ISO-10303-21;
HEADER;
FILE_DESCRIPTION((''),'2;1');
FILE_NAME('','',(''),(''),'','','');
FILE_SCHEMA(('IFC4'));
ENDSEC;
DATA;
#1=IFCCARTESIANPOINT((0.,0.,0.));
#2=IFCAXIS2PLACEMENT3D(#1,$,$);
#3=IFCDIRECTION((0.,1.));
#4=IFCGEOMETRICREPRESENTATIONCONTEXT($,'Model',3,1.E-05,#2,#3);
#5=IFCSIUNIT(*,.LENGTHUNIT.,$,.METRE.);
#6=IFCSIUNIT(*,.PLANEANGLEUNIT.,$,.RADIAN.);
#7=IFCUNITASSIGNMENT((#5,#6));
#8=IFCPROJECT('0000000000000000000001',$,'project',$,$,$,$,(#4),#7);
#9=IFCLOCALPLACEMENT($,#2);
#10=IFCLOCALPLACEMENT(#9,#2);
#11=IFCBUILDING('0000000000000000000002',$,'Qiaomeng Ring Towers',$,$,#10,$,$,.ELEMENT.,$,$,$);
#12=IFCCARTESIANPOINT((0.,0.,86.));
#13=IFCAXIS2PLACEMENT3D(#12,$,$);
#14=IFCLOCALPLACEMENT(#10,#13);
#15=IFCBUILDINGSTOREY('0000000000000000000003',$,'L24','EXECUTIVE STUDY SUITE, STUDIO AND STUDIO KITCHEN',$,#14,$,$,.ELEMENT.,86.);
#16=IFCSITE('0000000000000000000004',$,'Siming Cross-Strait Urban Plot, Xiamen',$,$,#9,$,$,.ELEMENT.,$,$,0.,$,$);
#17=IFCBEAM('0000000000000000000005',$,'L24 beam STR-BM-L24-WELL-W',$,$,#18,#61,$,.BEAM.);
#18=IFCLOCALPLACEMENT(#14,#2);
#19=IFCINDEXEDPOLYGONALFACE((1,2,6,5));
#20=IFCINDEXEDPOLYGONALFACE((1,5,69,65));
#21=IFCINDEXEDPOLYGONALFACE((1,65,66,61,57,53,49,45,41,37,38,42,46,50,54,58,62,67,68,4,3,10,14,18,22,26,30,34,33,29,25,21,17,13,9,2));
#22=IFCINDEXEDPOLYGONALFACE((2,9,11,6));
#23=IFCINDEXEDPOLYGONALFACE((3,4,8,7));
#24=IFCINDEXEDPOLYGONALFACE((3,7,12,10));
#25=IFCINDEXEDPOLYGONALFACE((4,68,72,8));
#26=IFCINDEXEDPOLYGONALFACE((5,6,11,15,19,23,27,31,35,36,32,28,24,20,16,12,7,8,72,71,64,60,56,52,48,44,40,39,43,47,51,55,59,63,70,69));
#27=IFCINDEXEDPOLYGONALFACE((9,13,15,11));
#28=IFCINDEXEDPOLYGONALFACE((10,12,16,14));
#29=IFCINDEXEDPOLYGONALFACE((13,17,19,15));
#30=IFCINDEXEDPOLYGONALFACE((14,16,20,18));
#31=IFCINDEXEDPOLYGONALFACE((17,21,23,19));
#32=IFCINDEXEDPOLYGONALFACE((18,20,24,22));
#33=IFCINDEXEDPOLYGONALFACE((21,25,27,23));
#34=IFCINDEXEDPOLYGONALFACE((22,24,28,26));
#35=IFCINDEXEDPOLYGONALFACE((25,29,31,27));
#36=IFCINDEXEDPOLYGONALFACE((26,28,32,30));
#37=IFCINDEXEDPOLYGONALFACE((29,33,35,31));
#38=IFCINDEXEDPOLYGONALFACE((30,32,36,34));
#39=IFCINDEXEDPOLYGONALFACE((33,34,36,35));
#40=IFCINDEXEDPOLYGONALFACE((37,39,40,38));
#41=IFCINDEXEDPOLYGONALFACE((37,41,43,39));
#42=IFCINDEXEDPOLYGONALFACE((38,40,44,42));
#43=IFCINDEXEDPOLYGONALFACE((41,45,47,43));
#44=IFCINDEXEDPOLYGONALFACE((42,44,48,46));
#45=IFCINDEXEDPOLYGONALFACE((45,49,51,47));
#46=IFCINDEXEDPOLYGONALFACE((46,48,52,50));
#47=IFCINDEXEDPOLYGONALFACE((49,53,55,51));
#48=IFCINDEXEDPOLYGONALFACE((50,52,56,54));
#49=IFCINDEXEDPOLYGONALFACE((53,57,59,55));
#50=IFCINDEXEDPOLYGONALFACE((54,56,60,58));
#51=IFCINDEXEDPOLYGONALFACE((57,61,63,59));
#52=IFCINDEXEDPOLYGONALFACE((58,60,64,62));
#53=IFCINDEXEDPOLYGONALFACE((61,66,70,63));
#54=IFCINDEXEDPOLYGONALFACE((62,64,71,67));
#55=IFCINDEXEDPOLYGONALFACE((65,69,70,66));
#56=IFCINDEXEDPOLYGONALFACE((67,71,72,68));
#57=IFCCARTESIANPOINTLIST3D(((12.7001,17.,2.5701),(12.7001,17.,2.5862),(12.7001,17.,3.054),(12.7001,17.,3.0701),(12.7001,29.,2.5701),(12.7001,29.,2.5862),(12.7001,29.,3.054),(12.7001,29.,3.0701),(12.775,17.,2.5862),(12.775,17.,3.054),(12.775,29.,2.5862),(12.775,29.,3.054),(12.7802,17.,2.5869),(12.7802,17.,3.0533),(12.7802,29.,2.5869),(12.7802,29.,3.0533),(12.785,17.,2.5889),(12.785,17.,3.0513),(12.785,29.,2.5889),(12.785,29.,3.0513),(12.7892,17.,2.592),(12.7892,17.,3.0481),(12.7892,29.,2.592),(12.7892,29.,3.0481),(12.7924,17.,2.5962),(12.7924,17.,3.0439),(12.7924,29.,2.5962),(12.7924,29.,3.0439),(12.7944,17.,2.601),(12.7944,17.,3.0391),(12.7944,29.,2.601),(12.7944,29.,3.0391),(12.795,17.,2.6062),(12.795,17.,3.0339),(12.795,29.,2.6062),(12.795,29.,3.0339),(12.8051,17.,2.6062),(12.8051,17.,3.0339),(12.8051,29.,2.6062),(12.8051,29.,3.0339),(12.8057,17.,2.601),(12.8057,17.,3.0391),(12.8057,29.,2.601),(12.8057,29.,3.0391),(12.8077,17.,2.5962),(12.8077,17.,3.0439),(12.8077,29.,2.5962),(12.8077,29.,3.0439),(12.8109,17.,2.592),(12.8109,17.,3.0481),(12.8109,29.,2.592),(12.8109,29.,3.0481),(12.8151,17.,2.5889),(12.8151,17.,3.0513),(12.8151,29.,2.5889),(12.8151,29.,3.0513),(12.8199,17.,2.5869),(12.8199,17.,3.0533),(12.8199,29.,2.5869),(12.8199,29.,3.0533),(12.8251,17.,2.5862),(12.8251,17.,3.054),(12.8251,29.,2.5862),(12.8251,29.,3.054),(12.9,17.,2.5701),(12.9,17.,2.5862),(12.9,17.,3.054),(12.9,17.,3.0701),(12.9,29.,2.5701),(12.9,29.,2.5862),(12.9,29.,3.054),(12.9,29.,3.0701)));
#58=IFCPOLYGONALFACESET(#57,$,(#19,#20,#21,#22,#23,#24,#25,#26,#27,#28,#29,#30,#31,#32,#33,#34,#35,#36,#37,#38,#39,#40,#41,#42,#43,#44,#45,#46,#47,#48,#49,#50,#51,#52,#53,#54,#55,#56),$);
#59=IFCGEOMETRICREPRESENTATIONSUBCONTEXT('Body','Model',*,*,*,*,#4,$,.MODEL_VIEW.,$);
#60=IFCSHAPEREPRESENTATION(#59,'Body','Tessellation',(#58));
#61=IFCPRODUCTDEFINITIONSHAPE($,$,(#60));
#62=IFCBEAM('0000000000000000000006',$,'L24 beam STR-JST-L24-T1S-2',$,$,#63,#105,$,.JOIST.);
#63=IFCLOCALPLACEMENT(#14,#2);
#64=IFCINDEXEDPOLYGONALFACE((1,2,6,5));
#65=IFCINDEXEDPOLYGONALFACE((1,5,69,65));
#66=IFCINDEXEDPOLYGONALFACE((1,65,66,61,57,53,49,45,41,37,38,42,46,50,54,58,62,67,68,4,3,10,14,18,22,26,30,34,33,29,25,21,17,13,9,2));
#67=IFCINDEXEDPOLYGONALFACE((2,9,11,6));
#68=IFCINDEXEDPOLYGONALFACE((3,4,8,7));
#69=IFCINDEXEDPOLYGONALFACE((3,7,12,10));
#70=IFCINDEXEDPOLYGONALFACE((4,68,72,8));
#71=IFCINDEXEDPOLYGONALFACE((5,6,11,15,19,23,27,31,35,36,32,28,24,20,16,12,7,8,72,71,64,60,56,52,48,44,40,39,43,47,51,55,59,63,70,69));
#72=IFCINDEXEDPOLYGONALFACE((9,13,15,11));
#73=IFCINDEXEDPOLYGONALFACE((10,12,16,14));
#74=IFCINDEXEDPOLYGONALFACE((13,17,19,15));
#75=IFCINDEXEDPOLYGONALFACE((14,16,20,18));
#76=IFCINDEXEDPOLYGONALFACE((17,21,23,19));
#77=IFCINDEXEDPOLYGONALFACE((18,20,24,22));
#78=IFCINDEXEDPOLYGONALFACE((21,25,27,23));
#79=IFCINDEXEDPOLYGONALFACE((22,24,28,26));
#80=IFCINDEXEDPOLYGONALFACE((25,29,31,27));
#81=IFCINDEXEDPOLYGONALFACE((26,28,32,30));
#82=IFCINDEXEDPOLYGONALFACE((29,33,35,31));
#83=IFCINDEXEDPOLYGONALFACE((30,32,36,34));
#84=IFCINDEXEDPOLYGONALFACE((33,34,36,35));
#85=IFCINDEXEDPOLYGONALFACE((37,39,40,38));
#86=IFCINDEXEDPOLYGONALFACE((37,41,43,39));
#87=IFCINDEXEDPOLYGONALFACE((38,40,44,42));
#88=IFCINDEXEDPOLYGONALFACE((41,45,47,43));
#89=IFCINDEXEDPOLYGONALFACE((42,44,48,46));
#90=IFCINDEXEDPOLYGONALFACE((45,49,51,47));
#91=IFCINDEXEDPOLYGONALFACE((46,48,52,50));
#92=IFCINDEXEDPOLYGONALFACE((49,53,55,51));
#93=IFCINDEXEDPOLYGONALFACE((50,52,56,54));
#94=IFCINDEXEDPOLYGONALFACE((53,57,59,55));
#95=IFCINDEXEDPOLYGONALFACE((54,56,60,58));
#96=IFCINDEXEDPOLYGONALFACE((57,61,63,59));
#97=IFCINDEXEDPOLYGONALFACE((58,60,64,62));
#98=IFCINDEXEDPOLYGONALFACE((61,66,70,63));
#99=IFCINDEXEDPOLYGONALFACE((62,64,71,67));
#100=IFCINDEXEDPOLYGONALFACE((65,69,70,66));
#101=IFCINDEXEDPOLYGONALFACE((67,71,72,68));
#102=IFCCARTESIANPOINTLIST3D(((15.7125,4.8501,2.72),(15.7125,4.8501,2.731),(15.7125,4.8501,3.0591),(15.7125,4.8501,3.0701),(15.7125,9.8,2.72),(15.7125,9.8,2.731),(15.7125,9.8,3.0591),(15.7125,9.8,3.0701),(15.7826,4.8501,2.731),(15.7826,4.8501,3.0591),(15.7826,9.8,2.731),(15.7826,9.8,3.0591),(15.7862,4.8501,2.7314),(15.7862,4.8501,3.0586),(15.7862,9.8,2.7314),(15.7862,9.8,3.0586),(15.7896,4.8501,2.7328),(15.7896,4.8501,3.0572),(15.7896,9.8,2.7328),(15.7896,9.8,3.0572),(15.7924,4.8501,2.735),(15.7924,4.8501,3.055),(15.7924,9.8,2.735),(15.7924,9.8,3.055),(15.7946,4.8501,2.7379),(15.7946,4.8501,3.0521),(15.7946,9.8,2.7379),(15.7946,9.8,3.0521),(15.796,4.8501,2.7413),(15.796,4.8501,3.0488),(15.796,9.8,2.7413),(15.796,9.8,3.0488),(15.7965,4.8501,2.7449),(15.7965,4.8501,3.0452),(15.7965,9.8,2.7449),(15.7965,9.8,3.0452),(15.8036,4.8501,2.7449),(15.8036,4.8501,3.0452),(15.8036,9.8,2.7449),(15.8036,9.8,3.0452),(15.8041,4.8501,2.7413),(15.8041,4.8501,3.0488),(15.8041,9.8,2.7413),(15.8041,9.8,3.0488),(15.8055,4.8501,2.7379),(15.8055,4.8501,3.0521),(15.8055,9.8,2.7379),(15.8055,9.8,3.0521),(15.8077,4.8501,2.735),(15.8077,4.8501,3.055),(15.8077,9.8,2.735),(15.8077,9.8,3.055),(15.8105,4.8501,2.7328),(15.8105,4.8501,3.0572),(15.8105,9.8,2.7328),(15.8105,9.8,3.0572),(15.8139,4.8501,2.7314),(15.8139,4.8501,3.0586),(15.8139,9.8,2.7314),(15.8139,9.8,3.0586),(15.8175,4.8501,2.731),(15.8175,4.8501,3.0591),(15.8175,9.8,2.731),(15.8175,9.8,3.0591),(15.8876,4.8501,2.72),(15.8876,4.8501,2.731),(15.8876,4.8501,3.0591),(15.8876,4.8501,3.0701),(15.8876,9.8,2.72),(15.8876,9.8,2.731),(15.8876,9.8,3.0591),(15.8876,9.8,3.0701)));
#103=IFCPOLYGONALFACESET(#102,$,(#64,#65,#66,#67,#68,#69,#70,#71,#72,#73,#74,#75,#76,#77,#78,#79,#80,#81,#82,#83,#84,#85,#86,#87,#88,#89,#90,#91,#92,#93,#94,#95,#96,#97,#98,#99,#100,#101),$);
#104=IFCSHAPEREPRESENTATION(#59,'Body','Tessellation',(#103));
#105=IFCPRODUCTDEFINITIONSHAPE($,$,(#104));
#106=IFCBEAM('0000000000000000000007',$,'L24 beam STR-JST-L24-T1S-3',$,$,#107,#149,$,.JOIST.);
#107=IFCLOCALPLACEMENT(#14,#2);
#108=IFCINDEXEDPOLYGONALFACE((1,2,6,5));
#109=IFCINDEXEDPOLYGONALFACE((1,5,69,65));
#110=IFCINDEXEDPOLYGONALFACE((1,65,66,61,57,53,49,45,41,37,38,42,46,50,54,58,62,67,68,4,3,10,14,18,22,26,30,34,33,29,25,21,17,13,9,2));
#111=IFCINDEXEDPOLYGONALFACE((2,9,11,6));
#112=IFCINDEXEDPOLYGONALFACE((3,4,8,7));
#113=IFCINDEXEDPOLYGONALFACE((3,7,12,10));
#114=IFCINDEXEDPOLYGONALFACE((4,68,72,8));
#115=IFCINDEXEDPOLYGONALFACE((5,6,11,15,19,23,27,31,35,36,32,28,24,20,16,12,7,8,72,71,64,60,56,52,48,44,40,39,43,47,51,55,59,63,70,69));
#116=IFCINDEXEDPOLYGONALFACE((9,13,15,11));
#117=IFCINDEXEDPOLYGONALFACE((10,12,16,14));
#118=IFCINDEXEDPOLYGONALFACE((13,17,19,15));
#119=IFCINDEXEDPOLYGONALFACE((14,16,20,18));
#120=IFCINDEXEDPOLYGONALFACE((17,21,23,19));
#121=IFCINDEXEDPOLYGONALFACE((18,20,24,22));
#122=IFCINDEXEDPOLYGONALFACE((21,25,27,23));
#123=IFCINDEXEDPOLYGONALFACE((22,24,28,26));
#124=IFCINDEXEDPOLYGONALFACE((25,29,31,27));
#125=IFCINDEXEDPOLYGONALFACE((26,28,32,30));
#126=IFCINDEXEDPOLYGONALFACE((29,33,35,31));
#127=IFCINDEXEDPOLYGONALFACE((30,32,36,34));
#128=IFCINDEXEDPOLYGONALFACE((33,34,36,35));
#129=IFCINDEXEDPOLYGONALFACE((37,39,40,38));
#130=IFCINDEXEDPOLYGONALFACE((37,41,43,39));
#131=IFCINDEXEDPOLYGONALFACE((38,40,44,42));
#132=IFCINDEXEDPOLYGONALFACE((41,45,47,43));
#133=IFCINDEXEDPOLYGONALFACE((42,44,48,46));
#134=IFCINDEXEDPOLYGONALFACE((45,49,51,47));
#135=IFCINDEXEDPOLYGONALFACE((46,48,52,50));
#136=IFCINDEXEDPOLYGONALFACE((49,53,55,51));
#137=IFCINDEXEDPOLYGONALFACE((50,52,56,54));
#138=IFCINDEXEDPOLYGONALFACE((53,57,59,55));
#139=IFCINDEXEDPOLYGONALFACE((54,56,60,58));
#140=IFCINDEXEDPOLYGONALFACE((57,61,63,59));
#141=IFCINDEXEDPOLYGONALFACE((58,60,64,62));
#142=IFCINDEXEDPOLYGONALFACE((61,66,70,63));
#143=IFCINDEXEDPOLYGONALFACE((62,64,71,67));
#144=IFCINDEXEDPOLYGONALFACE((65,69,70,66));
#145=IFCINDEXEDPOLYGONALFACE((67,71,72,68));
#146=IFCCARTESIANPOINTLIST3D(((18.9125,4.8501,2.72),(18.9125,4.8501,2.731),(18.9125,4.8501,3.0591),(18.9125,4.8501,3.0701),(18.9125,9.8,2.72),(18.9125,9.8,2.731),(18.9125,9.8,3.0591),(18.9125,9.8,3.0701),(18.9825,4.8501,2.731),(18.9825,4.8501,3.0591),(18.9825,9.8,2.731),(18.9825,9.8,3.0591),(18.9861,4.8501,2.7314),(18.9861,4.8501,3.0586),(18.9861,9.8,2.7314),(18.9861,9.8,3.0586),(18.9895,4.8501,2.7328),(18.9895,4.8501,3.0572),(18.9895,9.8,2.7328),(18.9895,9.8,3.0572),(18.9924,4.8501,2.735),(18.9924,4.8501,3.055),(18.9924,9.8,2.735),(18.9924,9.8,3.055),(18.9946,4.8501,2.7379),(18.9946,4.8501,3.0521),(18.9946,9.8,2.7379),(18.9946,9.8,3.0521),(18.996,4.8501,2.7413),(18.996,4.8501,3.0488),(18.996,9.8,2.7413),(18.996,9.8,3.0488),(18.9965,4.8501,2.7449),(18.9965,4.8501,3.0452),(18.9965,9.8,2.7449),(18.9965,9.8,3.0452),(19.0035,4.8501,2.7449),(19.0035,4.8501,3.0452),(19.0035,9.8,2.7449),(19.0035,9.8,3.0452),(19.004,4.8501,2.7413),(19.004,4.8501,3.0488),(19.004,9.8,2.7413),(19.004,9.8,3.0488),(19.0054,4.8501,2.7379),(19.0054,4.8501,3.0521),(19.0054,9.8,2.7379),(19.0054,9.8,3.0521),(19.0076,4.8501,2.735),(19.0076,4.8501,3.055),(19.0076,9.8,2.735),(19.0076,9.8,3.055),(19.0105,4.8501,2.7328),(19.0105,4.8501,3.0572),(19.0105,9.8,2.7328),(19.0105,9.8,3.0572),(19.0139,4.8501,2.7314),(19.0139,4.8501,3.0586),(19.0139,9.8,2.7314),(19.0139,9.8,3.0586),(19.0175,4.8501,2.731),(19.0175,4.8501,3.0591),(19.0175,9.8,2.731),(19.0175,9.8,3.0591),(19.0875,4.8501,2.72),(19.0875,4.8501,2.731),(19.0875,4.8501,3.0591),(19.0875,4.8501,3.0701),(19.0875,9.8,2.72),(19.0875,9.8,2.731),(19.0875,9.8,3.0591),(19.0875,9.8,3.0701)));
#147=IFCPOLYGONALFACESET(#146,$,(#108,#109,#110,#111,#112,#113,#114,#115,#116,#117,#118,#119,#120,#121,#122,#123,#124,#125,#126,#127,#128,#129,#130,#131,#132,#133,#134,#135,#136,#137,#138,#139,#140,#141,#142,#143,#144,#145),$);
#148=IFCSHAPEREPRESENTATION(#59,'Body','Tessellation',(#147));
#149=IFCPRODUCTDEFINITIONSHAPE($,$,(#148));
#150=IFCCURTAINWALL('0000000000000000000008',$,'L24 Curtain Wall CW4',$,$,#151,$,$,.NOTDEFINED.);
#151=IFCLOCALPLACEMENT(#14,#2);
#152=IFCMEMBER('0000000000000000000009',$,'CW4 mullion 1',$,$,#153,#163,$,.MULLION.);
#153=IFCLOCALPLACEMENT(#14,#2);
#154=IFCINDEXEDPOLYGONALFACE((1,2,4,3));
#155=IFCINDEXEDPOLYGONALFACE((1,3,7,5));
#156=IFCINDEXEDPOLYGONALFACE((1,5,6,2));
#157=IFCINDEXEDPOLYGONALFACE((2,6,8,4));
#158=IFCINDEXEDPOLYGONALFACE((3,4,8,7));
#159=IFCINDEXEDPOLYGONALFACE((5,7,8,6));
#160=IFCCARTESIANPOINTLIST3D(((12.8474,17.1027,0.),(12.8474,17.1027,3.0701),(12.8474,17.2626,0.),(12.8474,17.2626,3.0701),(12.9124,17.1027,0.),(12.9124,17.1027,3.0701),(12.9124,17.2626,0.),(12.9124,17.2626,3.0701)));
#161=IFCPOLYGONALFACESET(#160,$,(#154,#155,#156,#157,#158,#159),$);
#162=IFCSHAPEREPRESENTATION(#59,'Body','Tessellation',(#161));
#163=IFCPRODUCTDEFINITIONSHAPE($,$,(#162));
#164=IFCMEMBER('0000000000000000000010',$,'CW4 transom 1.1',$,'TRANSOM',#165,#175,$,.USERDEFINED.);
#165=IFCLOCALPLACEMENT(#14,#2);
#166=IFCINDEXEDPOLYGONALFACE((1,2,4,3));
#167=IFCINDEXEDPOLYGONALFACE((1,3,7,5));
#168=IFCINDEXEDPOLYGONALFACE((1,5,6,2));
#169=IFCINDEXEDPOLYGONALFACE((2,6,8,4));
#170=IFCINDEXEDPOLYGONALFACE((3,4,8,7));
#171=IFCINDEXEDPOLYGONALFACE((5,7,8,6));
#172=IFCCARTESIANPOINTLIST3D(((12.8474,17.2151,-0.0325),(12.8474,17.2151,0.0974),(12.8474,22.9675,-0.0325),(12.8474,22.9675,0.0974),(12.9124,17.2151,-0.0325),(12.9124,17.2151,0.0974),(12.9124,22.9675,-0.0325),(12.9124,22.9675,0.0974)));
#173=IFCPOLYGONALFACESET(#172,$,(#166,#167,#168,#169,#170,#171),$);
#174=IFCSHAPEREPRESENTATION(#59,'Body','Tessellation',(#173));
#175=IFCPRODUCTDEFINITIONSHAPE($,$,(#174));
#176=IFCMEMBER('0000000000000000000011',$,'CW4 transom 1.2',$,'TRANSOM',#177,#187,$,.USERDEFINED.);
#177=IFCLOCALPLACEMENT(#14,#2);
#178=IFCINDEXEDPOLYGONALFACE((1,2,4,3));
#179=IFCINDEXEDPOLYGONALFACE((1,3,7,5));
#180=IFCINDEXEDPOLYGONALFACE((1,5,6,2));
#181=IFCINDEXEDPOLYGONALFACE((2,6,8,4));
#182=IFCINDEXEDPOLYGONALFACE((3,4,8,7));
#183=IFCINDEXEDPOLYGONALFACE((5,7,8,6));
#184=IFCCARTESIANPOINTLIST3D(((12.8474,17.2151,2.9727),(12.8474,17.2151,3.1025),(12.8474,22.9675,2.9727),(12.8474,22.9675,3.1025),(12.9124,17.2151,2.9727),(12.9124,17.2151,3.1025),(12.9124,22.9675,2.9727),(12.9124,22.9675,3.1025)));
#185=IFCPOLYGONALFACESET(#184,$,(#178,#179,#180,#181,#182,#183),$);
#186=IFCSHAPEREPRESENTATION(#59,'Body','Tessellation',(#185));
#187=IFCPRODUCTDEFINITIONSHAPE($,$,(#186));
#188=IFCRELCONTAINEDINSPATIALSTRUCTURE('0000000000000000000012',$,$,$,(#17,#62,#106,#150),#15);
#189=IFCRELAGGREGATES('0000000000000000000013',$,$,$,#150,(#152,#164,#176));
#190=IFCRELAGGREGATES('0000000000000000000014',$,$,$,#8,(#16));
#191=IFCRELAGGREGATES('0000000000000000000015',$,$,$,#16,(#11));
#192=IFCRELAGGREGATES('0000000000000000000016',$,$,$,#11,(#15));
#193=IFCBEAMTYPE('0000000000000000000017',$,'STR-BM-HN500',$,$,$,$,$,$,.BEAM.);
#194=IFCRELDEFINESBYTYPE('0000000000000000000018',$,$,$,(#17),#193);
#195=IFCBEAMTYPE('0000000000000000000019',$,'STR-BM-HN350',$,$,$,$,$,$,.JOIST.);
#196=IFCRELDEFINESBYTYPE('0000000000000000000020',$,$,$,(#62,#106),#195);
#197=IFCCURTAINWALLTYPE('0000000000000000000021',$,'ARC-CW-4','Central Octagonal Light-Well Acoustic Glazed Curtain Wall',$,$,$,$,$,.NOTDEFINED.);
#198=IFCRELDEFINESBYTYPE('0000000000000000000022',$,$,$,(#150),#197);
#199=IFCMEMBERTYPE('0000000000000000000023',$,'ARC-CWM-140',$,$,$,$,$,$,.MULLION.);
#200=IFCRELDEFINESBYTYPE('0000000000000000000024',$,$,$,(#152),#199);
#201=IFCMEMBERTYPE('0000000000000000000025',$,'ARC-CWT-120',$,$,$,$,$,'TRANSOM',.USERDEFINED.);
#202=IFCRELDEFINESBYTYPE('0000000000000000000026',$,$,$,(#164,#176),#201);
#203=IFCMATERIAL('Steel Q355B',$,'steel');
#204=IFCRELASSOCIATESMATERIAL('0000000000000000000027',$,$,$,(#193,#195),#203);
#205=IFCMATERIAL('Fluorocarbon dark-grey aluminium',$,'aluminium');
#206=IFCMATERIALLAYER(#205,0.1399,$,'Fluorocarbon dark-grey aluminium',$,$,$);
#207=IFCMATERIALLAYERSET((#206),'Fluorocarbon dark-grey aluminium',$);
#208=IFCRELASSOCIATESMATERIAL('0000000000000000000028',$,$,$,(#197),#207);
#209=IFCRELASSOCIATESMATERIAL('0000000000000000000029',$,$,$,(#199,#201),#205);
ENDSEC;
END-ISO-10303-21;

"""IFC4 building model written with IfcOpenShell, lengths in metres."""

from ifc_helpers import new_model, si_unit, direction, frame, origin, origin_2d, place, context, subcontext, project, spatial, rectangle, i_section, extrude, source, transform, mapped, material, layer, layer_set, material_profile, profile_set, type_object, element, aggregate, save


model = new_model("IFC4")

# Units and contexts
model_context = context("Model", 3, precision=1e-05, world=origin(), true_north=direction((0.0, 1.0)))
body_context = subcontext(model_context, "Body", "Model", "MODEL_VIEW")
ifc_project = project(units=[si_unit("LENGTHUNIT", "METRE"), si_unit("PLANEANGLEUNIT", "RADIAN")], contexts=[model_context])

# Site, building, storey
site_placement = place(None, origin())
site = spatial("IfcSite", under=ifc_project, at=site_placement, Name="Siming Cross-Strait Urban Plot, Xiamen", CompositionType="ELEMENT", RefElevation=0.0)
building_placement = place(site_placement, origin())
building = spatial("IfcBuilding", under=site, at=building_placement, Name="Qiaomeng Ring Towers", CompositionType="ELEMENT")
storey_placement = place(building_placement, frame((0.0, 0.0, 86.0)))
storey = spatial("IfcBuildingStorey", under=building, at=storey_placement, Name="L24", Description="EXECUTIVE STUDY SUITE, STUDIO AND STUDIO KITCHEN", CompositionType="ELEMENT", Elevation=86.0)

# Beams
ifc_material_1 = material(Name="Steel Q355B", Category="steel")
ifc_material_profile_1 = material_profile(ifc_material_1, i_section(OverallWidth=0.2, OverallDepth=0.5, WebThickness=0.01, FlangeThickness=0.0161, FilletRadius=0.02, at=origin_2d()), Name="HN 500x200x10x16")
ifc_profile_set_1 = profile_set([ifc_material_profile_1], Name="Steel Q355B")
beam_type_1 = type_object("IfcBeamType", Name="STR-BM-HN500", PredefinedType="BEAM", material=ifc_profile_set_1)
shared_shape_1 = source(origin(), body_context, "Body", "SweptSolid", [
    extrude(i_section(OverallWidth=0.2, OverallDepth=0.5, WebThickness=0.01, FlangeThickness=0.0161, FilletRadius=0.02, at=origin_2d()), origin(), (0.0, 0.0, 1.0), 12.0),
])
beam_placement = place(storey_placement, frame((12.8, 17.0, 2.8201), z_axis=(0.0, 1.0, 0.0), x_axis=(-1.0, 0.0, 0.0)))
element("IfcBeam", 1, at=beam_placement, inside=storey, type_object=beam_type_1, Name="L24 beam STR-BM-L24-WELL-W", PredefinedType="BEAM", context=body_context, shape_type="MappedRepresentation", body=[
    mapped(shared_shape_1, transform((0.0, 0.0, 0.0), x_axis=(1.0, 0.0, 0.0), y_axis=(0.0, 1.0, 0.0), z_axis=(0.0, 0.0, 1.0), scale=1.0)),
])
ifc_material_profile_2 = material_profile(ifc_material_1, i_section(OverallWidth=0.175, OverallDepth=0.3501, WebThickness=0.0071, FlangeThickness=0.011, FilletRadius=0.0139, at=origin_2d()), Name="HN 350x175x7x11")
ifc_profile_set_2 = profile_set([ifc_material_profile_2], Name="Steel Q355B")
beam_type_2 = type_object("IfcBeamType", Name="STR-BM-HN350", PredefinedType="JOIST", material=ifc_profile_set_2)
shared_shape_2 = source(origin(), body_context, "Body", "SweptSolid", [
    extrude(i_section(OverallWidth=0.175, OverallDepth=0.3501, WebThickness=0.0071, FlangeThickness=0.011, FilletRadius=0.0139, at=origin_2d()), origin(), (0.0, 0.0, 1.0), 4.95),
])
for number, where, z_axis, x_axis, name in (
    (2, (15.8, 4.8501, 2.895), (0.0, 1.0, 0.0), (-1.0, 0.0, 0.0), "L24 beam STR-JST-L24-T1S-2"),
    (3, (19.0, 4.8501, 2.895), (0.0, 1.0, 0.0), (-1.0, 0.0, 0.0), "L24 beam STR-JST-L24-T1S-3"),
):
    element("IfcBeam", number, at=place(storey_placement, frame(where, z_axis=z_axis, x_axis=x_axis)), inside=storey, type_object=beam_type_2, Name=name, PredefinedType="JOIST", context=body_context, shape_type="MappedRepresentation", body=[
        mapped(shared_shape_2, transform((0.0, 0.0, 0.0), x_axis=(1.0, 0.0, 0.0), y_axis=(0.0, 1.0, 0.0), z_axis=(0.0, 0.0, 1.0), scale=1.0)),
    ])

# Curtain wall, members
ifc_material_2 = material(Name="Fluorocarbon dark-grey aluminium", Category="aluminium")
ifc_layer_1 = layer(ifc_material_2, 0.1399, Name="Fluorocarbon dark-grey aluminium")
ifc_layer_set_1 = layer_set([ifc_layer_1], Name="Fluorocarbon dark-grey aluminium")
curtain_wall_type = type_object("IfcCurtainWallType", Name="ARC-CW-4", Description="Central Octagonal Light-Well Acoustic Glazed Curtain Wall", PredefinedType="NOTDEFINED", material=ifc_layer_set_1)
curtain_wall_placement = place(storey_placement, origin())
curtain_wall = element("IfcCurtainWall", 4, at=curtain_wall_placement, inside=storey, type_object=curtain_wall_type, Name="L24 Curtain Wall CW4", PredefinedType="NOTDEFINED")
ifc_material_profile_3 = material_profile(ifc_material_2, rectangle(XDim=0.0649, YDim=0.1599, at=origin_2d()), Name="ALU MULL 65x160")
ifc_profile_set_3 = profile_set([ifc_material_profile_3], Name="Fluorocarbon dark-grey aluminium")
member_type_1 = type_object("IfcMemberType", Name="ARC-CWM-140", PredefinedType="MULLION", material=ifc_profile_set_3)
shared_shape_3 = source(origin(), body_context, "Body", "SweptSolid", [
    extrude(rectangle(XDim=0.0649, YDim=0.1599, at=origin_2d()), origin(), (0.0, 0.0, 1.0), 3.0701),
])
member_1_placement = place(storey_placement, frame((12.8799, 17.1826, 0.0), z_axis=(0.0, 0.0, 1.0), x_axis=(-1.0, 0.0, 0.0)))
member_1 = element("IfcMember", 5, at=member_1_placement, type_object=member_type_1, Name="CW4 mullion 1", PredefinedType="MULLION", context=body_context, shape_type="MappedRepresentation", body=[
    mapped(shared_shape_3, transform((0.0, 0.0, 0.0), x_axis=(1.0, 0.0, 0.0), y_axis=(0.0, 1.0, 0.0), z_axis=(0.0, 0.0, 1.0), scale=1.0)),
])
ifc_material_profile_4 = material_profile(ifc_material_2, rectangle(XDim=0.0649, YDim=0.1299, at=origin_2d()), Name="ALU TRAN 65x130")
ifc_profile_set_4 = profile_set([ifc_material_profile_4], Name="Fluorocarbon dark-grey aluminium")
member_type_2 = type_object("IfcMemberType", Name="ARC-CWT-120", ElementType="TRANSOM", PredefinedType="USERDEFINED", material=ifc_profile_set_4)
shared_shape_4 = source(origin(), body_context, "Body", "SweptSolid", [
    extrude(rectangle(XDim=0.0649, YDim=0.1299, at=origin_2d()), origin(), (0.0, 0.0, 1.0), 5.7524),
])
member_2_placement = place(storey_placement, frame((12.8799, 17.2151, 0.0325), z_axis=(0.0, 1.0, 0.0), x_axis=(-1.0, 0.0, 0.0)))
member_2 = element("IfcMember", 6, at=member_2_placement, type_object=member_type_2, Name="CW4 transom 1.1", ObjectType="TRANSOM", PredefinedType="USERDEFINED", context=body_context, shape_type="MappedRepresentation", body=[
    mapped(shared_shape_4, transform((0.0, 0.0, 0.0), x_axis=(1.0, 0.0, 0.0), y_axis=(0.0, 1.0, 0.0), z_axis=(0.0, 0.0, 1.0), scale=1.0)),
])
member_3_placement = place(storey_placement, frame((12.8799, 17.2151, 3.0376), z_axis=(0.0, 1.0, 0.0), x_axis=(-1.0, 0.0, 0.0)))
member_3 = element("IfcMember", 7, at=member_3_placement, type_object=member_type_2, Name="CW4 transom 1.2", ObjectType="TRANSOM", PredefinedType="USERDEFINED", context=body_context, shape_type="MappedRepresentation", body=[
    mapped(shared_shape_4, transform((0.0, 0.0, 0.0), x_axis=(1.0, 0.0, 0.0), y_axis=(0.0, 1.0, 0.0), z_axis=(0.0, 0.0, 1.0), scale=1.0)),
])
aggregate(curtain_wall, [member_1, member_2, member_3])

save(model, "model.ifc")
